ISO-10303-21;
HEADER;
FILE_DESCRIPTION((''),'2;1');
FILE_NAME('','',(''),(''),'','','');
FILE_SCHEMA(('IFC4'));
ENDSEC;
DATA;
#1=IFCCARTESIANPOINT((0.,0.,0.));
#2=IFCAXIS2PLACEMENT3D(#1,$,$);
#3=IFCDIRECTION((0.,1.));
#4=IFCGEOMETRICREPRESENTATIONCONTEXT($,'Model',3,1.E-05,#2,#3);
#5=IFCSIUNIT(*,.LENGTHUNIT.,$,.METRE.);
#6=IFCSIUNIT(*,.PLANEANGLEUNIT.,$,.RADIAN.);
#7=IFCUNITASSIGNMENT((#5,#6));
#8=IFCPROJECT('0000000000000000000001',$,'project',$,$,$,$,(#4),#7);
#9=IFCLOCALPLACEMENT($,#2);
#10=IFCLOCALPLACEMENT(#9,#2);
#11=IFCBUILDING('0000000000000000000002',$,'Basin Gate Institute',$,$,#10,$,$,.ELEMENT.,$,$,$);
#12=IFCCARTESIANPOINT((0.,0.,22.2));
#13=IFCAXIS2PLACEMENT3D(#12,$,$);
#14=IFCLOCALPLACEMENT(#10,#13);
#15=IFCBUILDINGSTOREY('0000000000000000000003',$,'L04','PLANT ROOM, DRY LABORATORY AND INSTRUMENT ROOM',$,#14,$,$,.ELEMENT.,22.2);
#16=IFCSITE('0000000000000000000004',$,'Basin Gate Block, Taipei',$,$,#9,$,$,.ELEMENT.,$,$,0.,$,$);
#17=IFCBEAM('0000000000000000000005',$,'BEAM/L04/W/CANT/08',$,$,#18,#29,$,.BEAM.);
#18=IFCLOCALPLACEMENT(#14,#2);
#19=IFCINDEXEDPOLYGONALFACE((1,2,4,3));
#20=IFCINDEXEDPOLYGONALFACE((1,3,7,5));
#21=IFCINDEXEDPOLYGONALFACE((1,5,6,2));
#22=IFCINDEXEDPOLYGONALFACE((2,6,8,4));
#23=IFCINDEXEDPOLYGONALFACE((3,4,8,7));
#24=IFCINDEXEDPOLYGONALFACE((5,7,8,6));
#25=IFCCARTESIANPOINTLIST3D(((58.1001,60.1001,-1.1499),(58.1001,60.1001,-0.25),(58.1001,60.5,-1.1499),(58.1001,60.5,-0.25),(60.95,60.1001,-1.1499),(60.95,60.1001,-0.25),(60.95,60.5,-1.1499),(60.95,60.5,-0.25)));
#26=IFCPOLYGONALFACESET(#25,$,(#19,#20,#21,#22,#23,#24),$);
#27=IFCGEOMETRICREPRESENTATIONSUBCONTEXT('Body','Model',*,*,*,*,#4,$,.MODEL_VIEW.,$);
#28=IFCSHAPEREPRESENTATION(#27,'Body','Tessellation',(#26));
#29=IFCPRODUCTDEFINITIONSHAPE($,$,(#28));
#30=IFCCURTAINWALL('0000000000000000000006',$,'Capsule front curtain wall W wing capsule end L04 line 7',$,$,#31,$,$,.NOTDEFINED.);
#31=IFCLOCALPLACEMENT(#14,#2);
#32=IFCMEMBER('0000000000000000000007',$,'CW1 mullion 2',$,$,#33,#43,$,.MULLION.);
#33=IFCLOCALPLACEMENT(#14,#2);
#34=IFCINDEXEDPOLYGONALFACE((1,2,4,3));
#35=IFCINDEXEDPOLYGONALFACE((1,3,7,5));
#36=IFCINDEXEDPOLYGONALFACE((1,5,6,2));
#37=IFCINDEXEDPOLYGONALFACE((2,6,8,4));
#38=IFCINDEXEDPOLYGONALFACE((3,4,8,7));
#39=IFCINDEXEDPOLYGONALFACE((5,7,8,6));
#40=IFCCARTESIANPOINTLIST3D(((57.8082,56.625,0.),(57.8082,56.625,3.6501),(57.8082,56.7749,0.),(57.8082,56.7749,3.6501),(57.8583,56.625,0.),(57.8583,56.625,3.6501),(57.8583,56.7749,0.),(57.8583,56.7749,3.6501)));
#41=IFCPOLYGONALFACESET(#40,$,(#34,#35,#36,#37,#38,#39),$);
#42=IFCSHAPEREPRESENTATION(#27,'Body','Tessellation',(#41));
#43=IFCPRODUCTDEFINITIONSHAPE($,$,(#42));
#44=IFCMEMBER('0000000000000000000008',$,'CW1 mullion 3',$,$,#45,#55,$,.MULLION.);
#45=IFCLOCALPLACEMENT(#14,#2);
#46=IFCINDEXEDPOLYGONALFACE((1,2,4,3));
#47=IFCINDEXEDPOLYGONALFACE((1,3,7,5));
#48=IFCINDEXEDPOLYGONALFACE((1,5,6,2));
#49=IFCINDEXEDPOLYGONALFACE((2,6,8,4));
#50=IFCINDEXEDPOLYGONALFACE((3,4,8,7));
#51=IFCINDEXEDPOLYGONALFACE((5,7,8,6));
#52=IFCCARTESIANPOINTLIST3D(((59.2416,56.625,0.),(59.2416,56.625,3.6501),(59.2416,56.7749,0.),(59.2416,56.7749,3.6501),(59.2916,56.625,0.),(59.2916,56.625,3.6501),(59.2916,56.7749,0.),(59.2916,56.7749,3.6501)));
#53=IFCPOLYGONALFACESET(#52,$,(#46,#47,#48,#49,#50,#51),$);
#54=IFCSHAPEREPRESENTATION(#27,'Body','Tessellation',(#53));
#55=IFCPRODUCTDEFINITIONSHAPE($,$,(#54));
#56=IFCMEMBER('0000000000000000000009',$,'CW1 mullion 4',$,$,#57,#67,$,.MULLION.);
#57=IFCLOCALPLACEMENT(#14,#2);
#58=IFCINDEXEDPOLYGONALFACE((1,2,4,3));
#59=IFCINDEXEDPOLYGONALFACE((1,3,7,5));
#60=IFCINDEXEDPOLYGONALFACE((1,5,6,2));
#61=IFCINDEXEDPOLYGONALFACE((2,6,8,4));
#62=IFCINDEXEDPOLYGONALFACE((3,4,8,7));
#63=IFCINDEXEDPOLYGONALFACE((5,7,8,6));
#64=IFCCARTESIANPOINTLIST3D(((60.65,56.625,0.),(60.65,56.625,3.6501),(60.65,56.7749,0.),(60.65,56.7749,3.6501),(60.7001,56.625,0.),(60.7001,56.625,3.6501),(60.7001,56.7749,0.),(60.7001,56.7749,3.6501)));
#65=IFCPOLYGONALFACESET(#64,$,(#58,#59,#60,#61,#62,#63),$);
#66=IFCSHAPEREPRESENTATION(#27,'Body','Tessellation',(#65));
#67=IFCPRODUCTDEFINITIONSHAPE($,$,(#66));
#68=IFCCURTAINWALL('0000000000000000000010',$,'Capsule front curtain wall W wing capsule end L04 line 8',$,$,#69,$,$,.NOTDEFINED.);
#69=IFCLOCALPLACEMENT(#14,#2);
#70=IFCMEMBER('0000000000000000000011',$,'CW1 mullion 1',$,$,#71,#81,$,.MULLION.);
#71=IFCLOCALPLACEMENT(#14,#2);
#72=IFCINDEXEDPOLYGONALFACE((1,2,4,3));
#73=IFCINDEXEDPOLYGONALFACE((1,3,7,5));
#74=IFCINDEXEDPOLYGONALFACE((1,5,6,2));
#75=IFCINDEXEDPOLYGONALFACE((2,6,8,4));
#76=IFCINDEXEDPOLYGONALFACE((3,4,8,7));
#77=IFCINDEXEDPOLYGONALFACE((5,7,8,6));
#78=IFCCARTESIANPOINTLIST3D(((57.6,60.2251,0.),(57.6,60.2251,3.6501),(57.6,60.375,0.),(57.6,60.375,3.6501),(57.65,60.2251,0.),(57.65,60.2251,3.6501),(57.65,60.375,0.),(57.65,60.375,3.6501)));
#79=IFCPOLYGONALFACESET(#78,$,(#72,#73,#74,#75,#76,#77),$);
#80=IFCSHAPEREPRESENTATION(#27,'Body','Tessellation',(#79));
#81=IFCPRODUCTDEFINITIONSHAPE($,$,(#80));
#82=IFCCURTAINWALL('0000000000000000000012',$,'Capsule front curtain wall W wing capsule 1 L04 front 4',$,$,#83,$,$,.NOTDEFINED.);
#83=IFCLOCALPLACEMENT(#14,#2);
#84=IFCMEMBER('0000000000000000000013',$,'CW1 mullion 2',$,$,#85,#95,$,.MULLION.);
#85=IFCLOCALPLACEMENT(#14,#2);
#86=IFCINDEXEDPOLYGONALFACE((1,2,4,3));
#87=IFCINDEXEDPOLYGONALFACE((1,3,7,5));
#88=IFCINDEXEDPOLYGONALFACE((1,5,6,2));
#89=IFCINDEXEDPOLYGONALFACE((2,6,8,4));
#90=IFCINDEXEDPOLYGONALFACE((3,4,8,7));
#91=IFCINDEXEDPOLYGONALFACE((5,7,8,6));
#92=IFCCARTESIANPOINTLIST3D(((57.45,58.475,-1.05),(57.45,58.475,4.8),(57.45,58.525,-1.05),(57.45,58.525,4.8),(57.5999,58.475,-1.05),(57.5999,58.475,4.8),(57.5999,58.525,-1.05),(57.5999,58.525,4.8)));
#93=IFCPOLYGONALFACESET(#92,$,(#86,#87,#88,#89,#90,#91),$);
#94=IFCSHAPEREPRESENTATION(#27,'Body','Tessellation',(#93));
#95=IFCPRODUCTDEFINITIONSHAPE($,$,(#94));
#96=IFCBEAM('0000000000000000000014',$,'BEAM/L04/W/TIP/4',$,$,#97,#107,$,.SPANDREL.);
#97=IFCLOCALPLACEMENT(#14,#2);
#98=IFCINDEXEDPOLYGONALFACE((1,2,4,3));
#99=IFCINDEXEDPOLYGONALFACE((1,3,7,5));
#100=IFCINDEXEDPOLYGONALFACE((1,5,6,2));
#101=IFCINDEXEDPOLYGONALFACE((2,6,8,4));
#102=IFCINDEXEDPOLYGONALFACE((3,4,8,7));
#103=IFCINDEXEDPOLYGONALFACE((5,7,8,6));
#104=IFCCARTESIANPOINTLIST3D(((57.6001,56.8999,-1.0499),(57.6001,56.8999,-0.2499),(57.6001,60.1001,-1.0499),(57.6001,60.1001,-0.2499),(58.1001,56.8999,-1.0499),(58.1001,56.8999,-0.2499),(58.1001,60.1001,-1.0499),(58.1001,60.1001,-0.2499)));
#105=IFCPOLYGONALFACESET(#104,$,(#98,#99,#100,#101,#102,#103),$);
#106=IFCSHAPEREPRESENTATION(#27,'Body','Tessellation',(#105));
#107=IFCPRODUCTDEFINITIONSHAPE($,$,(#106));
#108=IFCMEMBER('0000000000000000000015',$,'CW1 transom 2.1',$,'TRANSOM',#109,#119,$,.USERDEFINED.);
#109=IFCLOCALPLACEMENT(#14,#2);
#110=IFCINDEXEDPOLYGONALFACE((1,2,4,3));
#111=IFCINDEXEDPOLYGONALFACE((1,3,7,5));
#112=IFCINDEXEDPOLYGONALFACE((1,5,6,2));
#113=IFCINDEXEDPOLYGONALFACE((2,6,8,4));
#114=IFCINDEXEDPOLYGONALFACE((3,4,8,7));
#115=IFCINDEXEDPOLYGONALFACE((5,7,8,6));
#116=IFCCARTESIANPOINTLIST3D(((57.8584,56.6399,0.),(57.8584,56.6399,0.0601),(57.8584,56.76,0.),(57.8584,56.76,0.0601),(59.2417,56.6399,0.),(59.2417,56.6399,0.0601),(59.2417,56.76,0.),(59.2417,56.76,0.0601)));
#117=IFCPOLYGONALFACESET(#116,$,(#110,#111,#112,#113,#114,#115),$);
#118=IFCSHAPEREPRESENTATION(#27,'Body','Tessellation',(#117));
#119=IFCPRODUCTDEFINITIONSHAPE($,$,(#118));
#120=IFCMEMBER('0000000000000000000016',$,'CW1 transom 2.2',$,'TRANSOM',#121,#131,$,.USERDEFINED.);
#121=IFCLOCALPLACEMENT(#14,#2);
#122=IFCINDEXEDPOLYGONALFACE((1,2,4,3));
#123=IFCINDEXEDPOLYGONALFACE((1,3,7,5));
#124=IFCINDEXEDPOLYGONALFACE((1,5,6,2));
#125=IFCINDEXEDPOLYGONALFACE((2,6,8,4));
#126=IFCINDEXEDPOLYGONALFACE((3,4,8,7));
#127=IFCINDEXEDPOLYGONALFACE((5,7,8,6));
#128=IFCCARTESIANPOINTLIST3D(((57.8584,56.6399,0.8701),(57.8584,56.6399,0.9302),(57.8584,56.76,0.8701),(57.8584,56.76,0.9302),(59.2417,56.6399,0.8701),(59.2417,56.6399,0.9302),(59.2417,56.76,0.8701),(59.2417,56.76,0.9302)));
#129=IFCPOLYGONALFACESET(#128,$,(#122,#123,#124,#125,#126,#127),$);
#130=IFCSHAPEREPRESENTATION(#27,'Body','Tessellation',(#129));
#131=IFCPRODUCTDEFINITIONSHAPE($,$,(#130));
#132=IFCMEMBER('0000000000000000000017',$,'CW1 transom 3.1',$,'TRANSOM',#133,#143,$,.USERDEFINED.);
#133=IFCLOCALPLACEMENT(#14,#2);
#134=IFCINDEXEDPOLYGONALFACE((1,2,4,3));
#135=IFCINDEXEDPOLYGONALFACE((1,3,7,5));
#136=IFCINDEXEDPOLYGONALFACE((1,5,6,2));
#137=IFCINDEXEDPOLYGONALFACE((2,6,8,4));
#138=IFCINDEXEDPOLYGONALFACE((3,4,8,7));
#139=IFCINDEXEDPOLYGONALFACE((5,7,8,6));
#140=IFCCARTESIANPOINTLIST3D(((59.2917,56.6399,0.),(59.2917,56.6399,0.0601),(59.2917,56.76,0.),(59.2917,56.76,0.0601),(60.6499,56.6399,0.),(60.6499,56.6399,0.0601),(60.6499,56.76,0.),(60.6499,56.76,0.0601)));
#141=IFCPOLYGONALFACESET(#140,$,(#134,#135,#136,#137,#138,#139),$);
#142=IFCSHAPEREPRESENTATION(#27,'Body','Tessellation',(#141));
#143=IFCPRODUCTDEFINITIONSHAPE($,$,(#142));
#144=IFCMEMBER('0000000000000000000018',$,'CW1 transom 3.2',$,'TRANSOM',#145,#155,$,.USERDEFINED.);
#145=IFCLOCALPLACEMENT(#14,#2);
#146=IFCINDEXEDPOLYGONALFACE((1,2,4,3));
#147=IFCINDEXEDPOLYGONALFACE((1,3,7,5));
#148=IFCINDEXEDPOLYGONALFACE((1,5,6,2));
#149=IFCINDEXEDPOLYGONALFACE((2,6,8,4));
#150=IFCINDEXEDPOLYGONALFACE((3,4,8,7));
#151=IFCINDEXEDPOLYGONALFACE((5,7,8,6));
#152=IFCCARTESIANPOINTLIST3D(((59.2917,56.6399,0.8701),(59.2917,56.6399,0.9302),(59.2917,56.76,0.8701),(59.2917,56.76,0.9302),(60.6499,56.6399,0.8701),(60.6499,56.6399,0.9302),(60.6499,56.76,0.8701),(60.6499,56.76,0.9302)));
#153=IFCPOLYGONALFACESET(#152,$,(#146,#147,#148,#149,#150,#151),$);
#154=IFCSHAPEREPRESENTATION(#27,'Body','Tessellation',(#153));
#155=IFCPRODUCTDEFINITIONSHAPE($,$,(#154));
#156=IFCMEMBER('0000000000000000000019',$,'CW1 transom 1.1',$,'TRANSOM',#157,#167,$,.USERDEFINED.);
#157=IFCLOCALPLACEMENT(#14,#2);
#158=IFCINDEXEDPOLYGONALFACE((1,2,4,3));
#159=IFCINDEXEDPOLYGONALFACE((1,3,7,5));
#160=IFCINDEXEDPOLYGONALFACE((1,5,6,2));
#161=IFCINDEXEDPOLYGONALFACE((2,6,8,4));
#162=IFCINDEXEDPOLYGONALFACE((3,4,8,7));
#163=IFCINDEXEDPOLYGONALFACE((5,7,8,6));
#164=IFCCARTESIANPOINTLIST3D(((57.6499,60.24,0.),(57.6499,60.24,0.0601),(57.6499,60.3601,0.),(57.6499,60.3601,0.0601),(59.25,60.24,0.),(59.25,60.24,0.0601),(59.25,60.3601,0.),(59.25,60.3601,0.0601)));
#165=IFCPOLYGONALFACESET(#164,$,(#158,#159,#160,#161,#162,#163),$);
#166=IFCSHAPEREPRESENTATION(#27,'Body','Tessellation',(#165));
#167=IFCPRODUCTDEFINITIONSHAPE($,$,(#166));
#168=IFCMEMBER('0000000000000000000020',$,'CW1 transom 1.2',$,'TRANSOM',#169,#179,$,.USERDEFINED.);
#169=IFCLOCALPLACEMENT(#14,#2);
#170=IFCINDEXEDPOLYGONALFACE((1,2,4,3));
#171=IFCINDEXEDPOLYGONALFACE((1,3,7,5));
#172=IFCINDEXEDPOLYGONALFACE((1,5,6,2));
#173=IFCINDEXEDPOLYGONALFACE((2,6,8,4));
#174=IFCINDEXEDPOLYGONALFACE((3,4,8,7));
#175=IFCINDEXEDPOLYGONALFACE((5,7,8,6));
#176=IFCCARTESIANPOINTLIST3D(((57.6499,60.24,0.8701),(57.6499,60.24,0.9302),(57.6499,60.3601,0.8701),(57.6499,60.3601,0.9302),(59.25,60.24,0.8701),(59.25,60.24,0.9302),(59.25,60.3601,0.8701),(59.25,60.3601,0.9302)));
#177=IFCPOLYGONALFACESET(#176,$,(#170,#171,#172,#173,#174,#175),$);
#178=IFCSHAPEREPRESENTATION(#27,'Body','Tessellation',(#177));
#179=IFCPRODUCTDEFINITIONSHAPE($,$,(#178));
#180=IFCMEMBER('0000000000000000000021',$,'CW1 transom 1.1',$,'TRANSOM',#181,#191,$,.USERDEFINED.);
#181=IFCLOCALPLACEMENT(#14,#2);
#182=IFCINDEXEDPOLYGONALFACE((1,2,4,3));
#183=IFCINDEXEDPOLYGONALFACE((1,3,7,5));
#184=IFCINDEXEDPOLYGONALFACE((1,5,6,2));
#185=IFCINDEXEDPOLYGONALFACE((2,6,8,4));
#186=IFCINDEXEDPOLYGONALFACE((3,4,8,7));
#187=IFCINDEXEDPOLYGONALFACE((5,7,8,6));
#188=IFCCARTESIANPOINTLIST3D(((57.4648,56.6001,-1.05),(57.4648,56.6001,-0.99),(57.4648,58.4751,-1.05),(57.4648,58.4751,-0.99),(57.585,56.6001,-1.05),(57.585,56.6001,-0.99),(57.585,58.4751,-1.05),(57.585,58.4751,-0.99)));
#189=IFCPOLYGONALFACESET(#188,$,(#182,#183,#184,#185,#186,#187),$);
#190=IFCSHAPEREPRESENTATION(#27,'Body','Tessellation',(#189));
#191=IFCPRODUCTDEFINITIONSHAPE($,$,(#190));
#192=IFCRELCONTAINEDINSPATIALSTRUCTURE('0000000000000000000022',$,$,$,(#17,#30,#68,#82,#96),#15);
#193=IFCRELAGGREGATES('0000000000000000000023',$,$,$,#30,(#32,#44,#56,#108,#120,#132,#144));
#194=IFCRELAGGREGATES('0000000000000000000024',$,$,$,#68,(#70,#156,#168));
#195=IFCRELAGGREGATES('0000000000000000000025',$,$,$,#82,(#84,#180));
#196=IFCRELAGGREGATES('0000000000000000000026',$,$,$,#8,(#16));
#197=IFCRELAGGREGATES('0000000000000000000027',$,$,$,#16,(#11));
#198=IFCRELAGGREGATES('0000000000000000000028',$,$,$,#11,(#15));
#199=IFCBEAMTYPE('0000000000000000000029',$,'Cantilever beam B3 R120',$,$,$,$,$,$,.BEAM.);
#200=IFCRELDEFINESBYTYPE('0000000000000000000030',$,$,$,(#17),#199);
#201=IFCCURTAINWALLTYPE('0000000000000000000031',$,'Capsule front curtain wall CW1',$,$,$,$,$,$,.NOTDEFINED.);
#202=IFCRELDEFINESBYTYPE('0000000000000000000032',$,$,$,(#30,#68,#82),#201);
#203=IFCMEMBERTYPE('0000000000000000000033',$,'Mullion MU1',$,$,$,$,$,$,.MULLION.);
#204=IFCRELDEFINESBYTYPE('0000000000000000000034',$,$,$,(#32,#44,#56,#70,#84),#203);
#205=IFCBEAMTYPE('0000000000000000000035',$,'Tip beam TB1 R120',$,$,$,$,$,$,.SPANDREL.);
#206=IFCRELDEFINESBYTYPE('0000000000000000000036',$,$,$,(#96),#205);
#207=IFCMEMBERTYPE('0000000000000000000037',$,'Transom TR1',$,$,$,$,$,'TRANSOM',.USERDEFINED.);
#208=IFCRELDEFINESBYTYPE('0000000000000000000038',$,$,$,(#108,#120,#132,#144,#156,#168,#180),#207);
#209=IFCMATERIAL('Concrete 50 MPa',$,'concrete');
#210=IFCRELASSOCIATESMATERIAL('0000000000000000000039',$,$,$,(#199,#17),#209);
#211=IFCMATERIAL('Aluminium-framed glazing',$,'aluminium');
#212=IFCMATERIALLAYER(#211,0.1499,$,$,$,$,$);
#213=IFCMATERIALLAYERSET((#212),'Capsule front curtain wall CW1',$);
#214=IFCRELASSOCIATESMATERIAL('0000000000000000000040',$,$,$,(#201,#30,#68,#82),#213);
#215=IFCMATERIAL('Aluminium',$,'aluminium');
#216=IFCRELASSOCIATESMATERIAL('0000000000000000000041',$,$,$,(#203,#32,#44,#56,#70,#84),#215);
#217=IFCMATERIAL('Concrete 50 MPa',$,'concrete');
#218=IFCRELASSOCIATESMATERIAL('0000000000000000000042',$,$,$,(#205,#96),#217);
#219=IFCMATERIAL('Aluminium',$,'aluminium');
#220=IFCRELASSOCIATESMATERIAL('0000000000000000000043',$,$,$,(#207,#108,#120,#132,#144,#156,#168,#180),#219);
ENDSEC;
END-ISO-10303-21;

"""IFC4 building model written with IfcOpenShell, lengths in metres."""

from ifc_helpers import new_model, si_unit, direction, frame, origin, origin_2d, place, context, subcontext, project, spatial, rectangle, extrude, material, layer, layer_set, material_profile, profile_set, type_object, element, aggregate, save


model = new_model("IFC4")

# Units and contexts
model_context = context("Model", 3, precision=1e-05, world=origin(), true_north=direction((0.0, 1.0)))
body_context = subcontext(model_context, "Body", "Model", "MODEL_VIEW")
ifc_project = project(units=[si_unit("LENGTHUNIT", "METRE"), si_unit("PLANEANGLEUNIT", "RADIAN")], contexts=[model_context])

# Site, building, storey
site_placement = place(None, origin())
site = spatial("IfcSite", under=ifc_project, at=site_placement, Name="Basin Gate Block, Taipei", CompositionType="ELEMENT", RefElevation=0.0)
building_placement = place(site_placement, origin())
building = spatial("IfcBuilding", under=site, at=building_placement, Name="Basin Gate Institute", CompositionType="ELEMENT")
storey_placement = place(building_placement, frame((0.0, 0.0, 22.2)))
storey = spatial("IfcBuildingStorey", under=building, at=storey_placement, Name="L04", Description="PLANT ROOM, DRY LABORATORY AND INSTRUMENT ROOM", CompositionType="ELEMENT", Elevation=22.2)

# Beam
ifc_material_1 = material(Name="Concrete 50 MPa", Category="concrete")
ifc_material_profile_1 = material_profile(ifc_material_1, rectangle(XDim=0.3999, YDim=0.8999, at=origin_2d()), Name="Cantilever beam B3 400 x 900")
ifc_profile_set_1 = profile_set([ifc_material_profile_1], Name="Concrete 50 MPa")
beam_type_1 = type_object("IfcBeamType", Name="Cantilever beam B3 R120", PredefinedType="BEAM", material=ifc_profile_set_1)
beam_1_placement = place(storey_placement, frame((58.1001, 60.3, -0.7), z_axis=(1.0, 0.0, 0.0), x_axis=(0.0, 1.0, 0.0)))
element("IfcBeam", 1, at=beam_1_placement, inside=storey, type_object=beam_type_1, material=ifc_profile_set_1, Name="BEAM/L04/W/CANT/08", PredefinedType="BEAM", context=body_context, shape_type="SweptSolid", body=[
    extrude(rectangle(XDim=0.3999, YDim=0.8999, at=origin_2d()), origin(), (0.0, 0.0, 1.0), 2.8499),
])

# Curtain wall, members
ifc_material_2 = material(Name="Aluminium-framed glazing", Category="aluminium")
ifc_layer_1 = layer(ifc_material_2, 0.1499)
ifc_layer_set_1 = layer_set([ifc_layer_1], Name="Capsule front curtain wall CW1")
curtain_wall_type = type_object("IfcCurtainWallType", Name="Capsule front curtain wall CW1", PredefinedType="NOTDEFINED", material=ifc_layer_set_1)
curtain_wall_1_placement = place(storey_placement, origin())
curtain_wall_1 = element("IfcCurtainWall", 2, at=curtain_wall_1_placement, inside=storey, type_object=curtain_wall_type, material=ifc_layer_set_1, Name="Capsule front curtain wall W wing capsule end L04 line 7", PredefinedType="NOTDEFINED")
ifc_material_3 = material(Name="Aluminium", Category="aluminium")
ifc_material_profile_2 = material_profile(ifc_material_3, rectangle(XDim=0.1499, YDim=0.05, at=origin_2d()), Name="Mullion MU1 150 x 50")
ifc_profile_set_2 = profile_set([ifc_material_profile_2], Name="Aluminium")
member_type_1 = type_object("IfcMemberType", Name="Mullion MU1", PredefinedType="MULLION", material=ifc_profile_set_2)
member_1_placement = place(storey_placement, frame((57.8333, 56.7, 0.0), z_axis=(0.0, 0.0, 1.0), x_axis=(0.0, 1.0, 0.0)))
member_1 = element("IfcMember", 3, at=member_1_placement, type_object=member_type_1, material=ifc_profile_set_2, Name="CW1 mullion 2", PredefinedType="MULLION", context=body_context, shape_type="SweptSolid", body=[
    extrude(rectangle(XDim=0.1499, YDim=0.05, at=origin_2d()), origin(), (0.0, 0.0, 1.0), 3.6501),
])
member_2_placement = place(storey_placement, frame((59.2666, 56.7, 0.0), z_axis=(0.0, 0.0, 1.0), x_axis=(0.0, 1.0, 0.0)))
member_2 = element("IfcMember", 4, at=member_2_placement, type_object=member_type_1, material=ifc_profile_set_2, Name="CW1 mullion 3", PredefinedType="MULLION", context=body_context, shape_type="SweptSolid", body=[
    extrude(rectangle(XDim=0.1499, YDim=0.05, at=origin_2d()), origin(), (0.0, 0.0, 1.0), 3.6501),
])
member_3_placement = place(storey_placement, frame((60.675, 56.7, 0.0), z_axis=(0.0, 0.0, 1.0), x_axis=(0.0, 1.0, 0.0)))
member_3 = element("IfcMember", 5, at=member_3_placement, type_object=member_type_1, material=ifc_profile_set_2, Name="CW1 mullion 4", PredefinedType="MULLION", context=body_context, shape_type="SweptSolid", body=[
    extrude(rectangle(XDim=0.1499, YDim=0.05, at=origin_2d()), origin(), (0.0, 0.0, 1.0), 3.6501),
])

# Curtain walls, members
curtain_wall_2_placement = place(storey_placement, origin())
curtain_wall_2 = element("IfcCurtainWall", 6, at=curtain_wall_2_placement, inside=storey, type_object=curtain_wall_type, material=ifc_layer_set_1, Name="Capsule front curtain wall W wing capsule end L04 line 8", PredefinedType="NOTDEFINED")
member_4_placement = place(storey_placement, frame((57.625, 60.3, 0.0), z_axis=(0.0, 0.0, 1.0), x_axis=(0.0, 1.0, 0.0)))
member_4 = element("IfcMember", 7, at=member_4_placement, type_object=member_type_1, material=ifc_profile_set_2, Name="CW1 mullion 1", PredefinedType="MULLION", context=body_context, shape_type="SweptSolid", body=[
    extrude(rectangle(XDim=0.1499, YDim=0.05, at=origin_2d()), origin(), (0.0, 0.0, 1.0), 3.6501),
])
curtain_wall_3_placement = place(storey_placement, origin())
curtain_wall_3 = element("IfcCurtainWall", 8, at=curtain_wall_3_placement, inside=storey, type_object=curtain_wall_type, material=ifc_layer_set_1, Name="Capsule front curtain wall W wing capsule 1 L04 front 4", PredefinedType="NOTDEFINED")
member_5_placement = place(storey_placement, frame((57.5249, 58.5, -1.05), z_axis=(0.0, 0.0, 1.0), x_axis=(-1.0, 0.0, 0.0)))
member_5 = element("IfcMember", 9, at=member_5_placement, type_object=member_type_1, material=ifc_profile_set_2, Name="CW1 mullion 2", PredefinedType="MULLION", context=body_context, shape_type="SweptSolid", body=[
    extrude(rectangle(XDim=0.1499, YDim=0.05, at=origin_2d()), origin(), (0.0, 0.0, 1.0), 5.8501),
])

# Beam
ifc_material_4 = material(Name="Concrete 50 MPa", Category="concrete")
ifc_material_profile_3 = material_profile(ifc_material_4, rectangle(XDim=0.5, YDim=0.8, at=origin_2d()), Name="Tip beam TB1 500 x 800")
ifc_profile_set_3 = profile_set([ifc_material_profile_3], Name="Concrete 50 MPa")
beam_type_2 = type_object("IfcBeamType", Name="Tip beam TB1 R120", PredefinedType="SPANDREL", material=ifc_profile_set_3)
beam_2_placement = place(storey_placement, frame((57.8501, 56.8999, -0.6499), z_axis=(0.0, 1.0, 0.0), x_axis=(-1.0, 0.0, 0.0)))
element("IfcBeam", 10, at=beam_2_placement, inside=storey, type_object=beam_type_2, material=ifc_profile_set_3, Name="BEAM/L04/W/TIP/4", PredefinedType="SPANDREL", context=body_context, shape_type="SweptSolid", body=[
    extrude(rectangle(XDim=0.5, YDim=0.8, at=origin_2d()), origin(), (0.0, 0.0, 1.0), 3.2002),
])

# Members
ifc_material_5 = material(Name="Aluminium", Category="aluminium")
ifc_material_profile_4 = material_profile(ifc_material_5, rectangle(XDim=0.1201, YDim=0.0601, at=origin_2d()), Name="Transom TR1 120 x 60")
ifc_profile_set_4 = profile_set([ifc_material_profile_4], Name="Aluminium")
member_type_2 = type_object("IfcMemberType", Name="Transom TR1", ElementType="TRANSOM", PredefinedType="USERDEFINED", material=ifc_profile_set_4)
member_6_placement = place(storey_placement, frame((57.8584, 56.7, 0.03), z_axis=(1.0, 0.0, 0.0), x_axis=(0.0, 1.0, 0.0)))
member_6 = element("IfcMember", 11, at=member_6_placement, type_object=member_type_2, material=ifc_profile_set_4, Name="CW1 transom 2.1", ObjectType="TRANSOM", PredefinedType="USERDEFINED", context=body_context, shape_type="SweptSolid", body=[
    extrude(rectangle(XDim=0.1201, YDim=0.0601, at=origin_2d()), origin(), (0.0, 0.0, 1.0), 1.3833),
])
member_7_placement = place(storey_placement, frame((57.8584, 56.7, 0.9001), z_axis=(1.0, 0.0, 0.0), x_axis=(0.0, 1.0, 0.0)))
member_7 = element("IfcMember", 12, at=member_7_placement, type_object=member_type_2, material=ifc_profile_set_4, Name="CW1 transom 2.2", ObjectType="TRANSOM", PredefinedType="USERDEFINED", context=body_context, shape_type="SweptSolid", body=[
    extrude(rectangle(XDim=0.1201, YDim=0.0601, at=origin_2d()), origin(), (0.0, 0.0, 1.0), 1.3833),
])
member_8_placement = place(storey_placement, frame((59.2917, 56.7, 0.03), z_axis=(1.0, 0.0, 0.0), x_axis=(0.0, 1.0, 0.0)))
member_8 = element("IfcMember", 13, at=member_8_placement, type_object=member_type_2, material=ifc_profile_set_4, Name="CW1 transom 3.1", ObjectType="TRANSOM", PredefinedType="USERDEFINED", context=body_context, shape_type="SweptSolid", body=[
    extrude(rectangle(XDim=0.1201, YDim=0.0601, at=origin_2d()), origin(), (0.0, 0.0, 1.0), 1.3582),
])
member_9_placement = place(storey_placement, frame((59.2917, 56.7, 0.9001), z_axis=(1.0, 0.0, 0.0), x_axis=(0.0, 1.0, 0.0)))
member_9 = element("IfcMember", 14, at=member_9_placement, type_object=member_type_2, material=ifc_profile_set_4, Name="CW1 transom 3.2", ObjectType="TRANSOM", PredefinedType="USERDEFINED", context=body_context, shape_type="SweptSolid", body=[
    extrude(rectangle(XDim=0.1201, YDim=0.0601, at=origin_2d()), origin(), (0.0, 0.0, 1.0), 1.3582),
])
member_10_placement = place(storey_placement, frame((57.6499, 60.3, 0.03), z_axis=(1.0, 0.0, 0.0), x_axis=(0.0, 1.0, 0.0)))
member_10 = element("IfcMember", 15, at=member_10_placement, type_object=member_type_2, material=ifc_profile_set_4, Name="CW1 transom 1.1", ObjectType="TRANSOM", PredefinedType="USERDEFINED", context=body_context, shape_type="SweptSolid", body=[
    extrude(rectangle(XDim=0.1201, YDim=0.0601, at=origin_2d()), origin(), (0.0, 0.0, 1.0), 1.6001),
])
member_11_placement = place(storey_placement, frame((57.6499, 60.3, 0.9001), z_axis=(1.0, 0.0, 0.0), x_axis=(0.0, 1.0, 0.0)))
member_11 = element("IfcMember", 16, at=member_11_placement, type_object=member_type_2, material=ifc_profile_set_4, Name="CW1 transom 1.2", ObjectType="TRANSOM", PredefinedType="USERDEFINED", context=body_context, shape_type="SweptSolid", body=[
    extrude(rectangle(XDim=0.1201, YDim=0.0601, at=origin_2d()), origin(), (0.0, 0.0, 1.0), 1.6001),
])
member_12_placement = place(storey_placement, frame((57.5249, 56.6001, -1.02), z_axis=(0.0, 1.0, 0.0), x_axis=(-1.0, 0.0, 0.0)))
member_12 = element("IfcMember", 17, at=member_12_placement, type_object=member_type_2, material=ifc_profile_set_4, Name="CW1 transom 1.1", ObjectType="TRANSOM", PredefinedType="USERDEFINED", context=body_context, shape_type="SweptSolid", body=[
    extrude(rectangle(XDim=0.1201, YDim=0.0601, at=origin_2d()), origin(), (0.0, 0.0, 1.0), 1.875),
])

aggregate(curtain_wall_1, [member_1, member_2, member_3, member_6, member_7, member_8, member_9])
aggregate(curtain_wall_2, [member_4, member_10, member_11])
aggregate(curtain_wall_3, [member_5, member_12])

save(model, "model.ifc")
